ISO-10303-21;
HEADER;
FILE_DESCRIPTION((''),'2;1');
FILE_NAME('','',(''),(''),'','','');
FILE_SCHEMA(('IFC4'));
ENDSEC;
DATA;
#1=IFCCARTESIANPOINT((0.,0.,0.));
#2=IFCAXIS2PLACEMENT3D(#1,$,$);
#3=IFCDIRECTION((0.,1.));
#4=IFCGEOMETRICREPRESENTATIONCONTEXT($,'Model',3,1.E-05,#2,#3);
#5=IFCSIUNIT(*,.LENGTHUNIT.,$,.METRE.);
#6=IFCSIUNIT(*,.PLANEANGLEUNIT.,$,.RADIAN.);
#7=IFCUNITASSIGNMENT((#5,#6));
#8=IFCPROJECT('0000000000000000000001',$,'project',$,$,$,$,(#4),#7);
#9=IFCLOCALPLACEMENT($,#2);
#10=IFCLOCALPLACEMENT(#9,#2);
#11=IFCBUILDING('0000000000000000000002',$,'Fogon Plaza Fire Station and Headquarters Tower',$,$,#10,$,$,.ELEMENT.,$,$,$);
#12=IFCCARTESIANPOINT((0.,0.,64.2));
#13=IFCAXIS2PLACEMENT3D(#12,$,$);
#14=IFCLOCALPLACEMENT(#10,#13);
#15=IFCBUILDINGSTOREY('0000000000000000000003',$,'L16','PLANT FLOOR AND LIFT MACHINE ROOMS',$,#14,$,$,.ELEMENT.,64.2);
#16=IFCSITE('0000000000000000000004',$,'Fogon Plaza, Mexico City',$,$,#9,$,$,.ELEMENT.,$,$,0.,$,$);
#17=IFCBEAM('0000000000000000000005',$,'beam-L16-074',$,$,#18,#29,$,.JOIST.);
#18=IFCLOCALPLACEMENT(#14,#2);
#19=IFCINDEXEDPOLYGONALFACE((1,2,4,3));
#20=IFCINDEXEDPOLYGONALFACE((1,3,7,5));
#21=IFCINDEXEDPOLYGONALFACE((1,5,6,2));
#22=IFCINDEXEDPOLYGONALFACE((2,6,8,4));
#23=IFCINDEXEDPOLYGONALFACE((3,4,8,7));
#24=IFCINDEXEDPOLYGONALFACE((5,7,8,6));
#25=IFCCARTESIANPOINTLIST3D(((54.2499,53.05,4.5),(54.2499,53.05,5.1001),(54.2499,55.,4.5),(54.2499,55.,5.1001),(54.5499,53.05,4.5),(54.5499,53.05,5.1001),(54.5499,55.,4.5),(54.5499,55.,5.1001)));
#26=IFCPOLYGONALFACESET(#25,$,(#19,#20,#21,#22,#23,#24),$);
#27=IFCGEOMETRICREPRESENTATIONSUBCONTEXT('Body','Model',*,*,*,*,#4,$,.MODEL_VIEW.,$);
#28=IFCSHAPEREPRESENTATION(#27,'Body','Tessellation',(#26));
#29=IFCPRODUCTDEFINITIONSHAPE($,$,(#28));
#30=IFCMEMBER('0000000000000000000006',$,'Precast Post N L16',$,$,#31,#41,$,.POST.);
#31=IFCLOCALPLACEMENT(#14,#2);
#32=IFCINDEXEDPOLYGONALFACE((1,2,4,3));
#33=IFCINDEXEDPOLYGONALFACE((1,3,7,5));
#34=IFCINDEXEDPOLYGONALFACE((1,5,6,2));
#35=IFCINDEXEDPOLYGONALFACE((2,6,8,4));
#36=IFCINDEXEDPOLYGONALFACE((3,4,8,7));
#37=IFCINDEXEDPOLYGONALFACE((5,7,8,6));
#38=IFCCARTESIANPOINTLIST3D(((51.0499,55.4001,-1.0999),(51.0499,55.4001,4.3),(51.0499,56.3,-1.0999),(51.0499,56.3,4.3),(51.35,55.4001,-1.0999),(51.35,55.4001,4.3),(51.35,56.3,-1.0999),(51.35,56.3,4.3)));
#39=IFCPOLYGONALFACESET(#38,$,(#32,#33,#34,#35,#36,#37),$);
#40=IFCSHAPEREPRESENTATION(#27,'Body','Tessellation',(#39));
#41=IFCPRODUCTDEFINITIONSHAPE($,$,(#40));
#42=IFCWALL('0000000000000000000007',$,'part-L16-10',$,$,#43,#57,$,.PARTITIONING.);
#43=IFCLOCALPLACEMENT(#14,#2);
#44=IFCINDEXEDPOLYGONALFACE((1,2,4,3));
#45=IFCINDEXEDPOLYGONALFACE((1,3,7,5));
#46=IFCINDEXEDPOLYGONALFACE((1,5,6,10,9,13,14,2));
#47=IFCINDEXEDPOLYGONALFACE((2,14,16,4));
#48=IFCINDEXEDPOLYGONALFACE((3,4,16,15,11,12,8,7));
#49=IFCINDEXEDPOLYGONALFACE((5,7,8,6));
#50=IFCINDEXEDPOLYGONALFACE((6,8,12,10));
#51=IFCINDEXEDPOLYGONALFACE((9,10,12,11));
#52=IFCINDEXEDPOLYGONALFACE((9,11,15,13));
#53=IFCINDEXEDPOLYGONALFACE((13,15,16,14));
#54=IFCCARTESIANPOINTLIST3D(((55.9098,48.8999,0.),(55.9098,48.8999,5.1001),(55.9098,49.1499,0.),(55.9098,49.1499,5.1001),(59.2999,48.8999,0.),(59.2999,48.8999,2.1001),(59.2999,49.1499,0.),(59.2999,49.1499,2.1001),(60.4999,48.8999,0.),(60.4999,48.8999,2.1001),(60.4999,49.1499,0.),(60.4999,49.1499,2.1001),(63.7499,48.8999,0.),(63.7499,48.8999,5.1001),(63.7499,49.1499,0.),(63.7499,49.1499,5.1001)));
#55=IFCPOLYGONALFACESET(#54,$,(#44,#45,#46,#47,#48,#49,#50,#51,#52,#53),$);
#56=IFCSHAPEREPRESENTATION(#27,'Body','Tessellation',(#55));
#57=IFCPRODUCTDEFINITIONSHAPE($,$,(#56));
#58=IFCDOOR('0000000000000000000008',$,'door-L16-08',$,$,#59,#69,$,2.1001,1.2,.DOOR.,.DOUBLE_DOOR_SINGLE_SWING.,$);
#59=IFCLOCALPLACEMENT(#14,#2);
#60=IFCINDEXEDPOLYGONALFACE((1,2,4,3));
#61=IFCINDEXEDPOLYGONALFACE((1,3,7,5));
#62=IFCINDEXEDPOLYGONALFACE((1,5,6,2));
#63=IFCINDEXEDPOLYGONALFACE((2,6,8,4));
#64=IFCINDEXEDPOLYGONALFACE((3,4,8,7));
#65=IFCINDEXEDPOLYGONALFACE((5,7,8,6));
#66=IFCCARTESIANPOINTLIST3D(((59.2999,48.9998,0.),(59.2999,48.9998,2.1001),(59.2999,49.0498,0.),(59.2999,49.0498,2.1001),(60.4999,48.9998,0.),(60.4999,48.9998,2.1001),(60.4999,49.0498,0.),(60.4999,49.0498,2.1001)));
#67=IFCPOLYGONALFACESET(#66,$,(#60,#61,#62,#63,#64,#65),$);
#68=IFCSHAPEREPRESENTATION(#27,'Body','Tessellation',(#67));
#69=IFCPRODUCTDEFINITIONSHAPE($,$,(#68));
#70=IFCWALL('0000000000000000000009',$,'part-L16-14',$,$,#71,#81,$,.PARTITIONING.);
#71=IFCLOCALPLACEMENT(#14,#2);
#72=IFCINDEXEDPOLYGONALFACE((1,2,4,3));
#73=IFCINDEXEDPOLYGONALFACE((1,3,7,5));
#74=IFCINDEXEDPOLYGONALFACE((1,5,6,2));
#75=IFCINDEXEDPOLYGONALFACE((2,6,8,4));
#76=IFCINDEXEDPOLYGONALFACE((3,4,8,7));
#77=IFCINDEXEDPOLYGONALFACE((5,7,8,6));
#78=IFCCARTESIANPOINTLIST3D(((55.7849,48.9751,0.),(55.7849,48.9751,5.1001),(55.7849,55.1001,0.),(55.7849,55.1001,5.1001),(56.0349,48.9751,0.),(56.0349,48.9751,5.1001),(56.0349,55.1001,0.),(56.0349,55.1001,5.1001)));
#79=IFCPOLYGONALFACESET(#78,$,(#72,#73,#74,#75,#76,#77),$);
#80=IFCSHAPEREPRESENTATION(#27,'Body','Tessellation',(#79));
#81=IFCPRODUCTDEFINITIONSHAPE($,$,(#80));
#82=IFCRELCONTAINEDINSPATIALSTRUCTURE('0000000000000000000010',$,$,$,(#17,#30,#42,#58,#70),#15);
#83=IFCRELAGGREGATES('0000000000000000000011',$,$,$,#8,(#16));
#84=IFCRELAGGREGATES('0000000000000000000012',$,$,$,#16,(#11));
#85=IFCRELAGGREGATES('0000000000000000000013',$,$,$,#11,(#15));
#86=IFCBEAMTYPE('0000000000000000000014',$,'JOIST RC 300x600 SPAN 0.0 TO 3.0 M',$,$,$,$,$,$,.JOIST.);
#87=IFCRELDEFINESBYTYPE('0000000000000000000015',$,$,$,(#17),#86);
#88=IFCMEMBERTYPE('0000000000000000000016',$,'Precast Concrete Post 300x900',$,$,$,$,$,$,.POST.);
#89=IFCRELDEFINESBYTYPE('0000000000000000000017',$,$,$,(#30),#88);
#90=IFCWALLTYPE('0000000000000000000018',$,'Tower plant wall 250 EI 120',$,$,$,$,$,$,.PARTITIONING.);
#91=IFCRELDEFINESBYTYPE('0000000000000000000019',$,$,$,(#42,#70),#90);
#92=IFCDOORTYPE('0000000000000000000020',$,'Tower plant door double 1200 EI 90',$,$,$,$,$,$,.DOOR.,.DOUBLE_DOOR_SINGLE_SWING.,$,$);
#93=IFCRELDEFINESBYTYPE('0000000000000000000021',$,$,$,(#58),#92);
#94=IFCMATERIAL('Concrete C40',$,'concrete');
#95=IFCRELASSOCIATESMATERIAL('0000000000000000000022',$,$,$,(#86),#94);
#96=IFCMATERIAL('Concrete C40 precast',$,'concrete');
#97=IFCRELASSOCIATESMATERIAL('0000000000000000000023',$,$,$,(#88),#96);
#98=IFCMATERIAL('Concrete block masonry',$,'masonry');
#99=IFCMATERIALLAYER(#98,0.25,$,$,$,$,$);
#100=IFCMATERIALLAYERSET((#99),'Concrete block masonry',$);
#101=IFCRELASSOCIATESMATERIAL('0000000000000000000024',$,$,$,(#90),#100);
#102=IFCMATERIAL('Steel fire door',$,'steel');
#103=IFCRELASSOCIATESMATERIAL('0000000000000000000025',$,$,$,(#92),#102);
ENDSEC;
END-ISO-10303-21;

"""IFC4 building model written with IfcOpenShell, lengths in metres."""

from ifc_helpers import new_model, si_unit, direction, frame, frame_2d, origin, origin_2d, place, context, subcontext, project, spatial, rectangle, extrude, material, layer, layer_set, material_profile, profile_set, type_object, element, fill, save


model = new_model("IFC4")

# Units and contexts
model_context = context("Model", 3, precision=1e-05, world=origin(), true_north=direction((0.0, 1.0)))
body_context = subcontext(model_context, "Body", "Model", "MODEL_VIEW")
ifc_project = project(units=[si_unit("LENGTHUNIT", "METRE"), si_unit("PLANEANGLEUNIT", "RADIAN")], contexts=[model_context])

# Site, building, storey
site_placement = place(None, origin())
site = spatial("IfcSite", under=ifc_project, at=site_placement, Name="Fogon Plaza, Mexico City", CompositionType="ELEMENT", RefElevation=0.0)
building_placement = place(site_placement, origin())
building = spatial("IfcBuilding", under=site, at=building_placement, Name="Fogon Plaza Fire Station and Headquarters Tower", CompositionType="ELEMENT")
storey_placement = place(building_placement, frame((0.0, 0.0, 64.2)))
storey = spatial("IfcBuildingStorey", under=building, at=storey_placement, Name="L16", Description="PLANT FLOOR AND LIFT MACHINE ROOMS", CompositionType="ELEMENT", Elevation=64.2)

# Beam
ifc_material_1 = material(Name="Concrete C40", Category="concrete")
ifc_material_profile_1 = material_profile(ifc_material_1, rectangle(XDim=0.3, YDim=0.6001, at=origin_2d()), Name="RC 300x600")
ifc_profile_set_1 = profile_set([ifc_material_profile_1], Name="Concrete C40")
beam_type_1 = type_object("IfcBeamType", Name="JOIST RC 300x600 SPAN 0.0 TO 3.0 M", PredefinedType="JOIST", material=ifc_profile_set_1)
beam_1_placement = place(storey_placement, frame((54.3999, 53.05, 4.8), z_axis=(0.0, 1.0, 0.0), x_axis=(-1.0, 0.0, 0.0)))
element("IfcBeam", 1, at=beam_1_placement, inside=storey, type_object=beam_type_1, Name="beam-L16-074", PredefinedType="JOIST", context=body_context, shape_type="SweptSolid", body=[
    extrude(rectangle(XDim=0.3, YDim=0.6001, at=origin_2d()), origin(), (0.0, 0.0, 1.0), 1.95),
])

# Member
ifc_material_2 = material(Name="Concrete C40 precast", Category="concrete")
ifc_material_profile_2 = material_profile(ifc_material_2, rectangle(XDim=0.3, YDim=0.8999, at=origin_2d()), Name="Precast Concrete Post 300x900")
ifc_profile_set_2 = profile_set([ifc_material_profile_2], Name="Concrete C40 precast")
member_type = type_object("IfcMemberType", Name="Precast Concrete Post 300x900", PredefinedType="POST", material=ifc_profile_set_2)
member_placement = place(storey_placement, frame((51.2, 55.8501, -1.0999), z_axis=(0.0, 0.0, 1.0), x_axis=(1.0, 0.0, 0.0)))
element("IfcMember", 2, at=member_placement, inside=storey, type_object=member_type, Name="Precast Post N L16", PredefinedType="POST", context=body_context, shape_type="SweptSolid", body=[
    extrude(rectangle(XDim=0.3, YDim=0.8999, at=origin_2d()), origin(), (0.0, 0.0, 1.0), 5.3999),
])

# Wall, opening, door
ifc_material_3 = material(Name="Concrete block masonry", Category="masonry")
ifc_layer_1 = layer(ifc_material_3, 0.25)
ifc_layer_set_1 = layer_set([ifc_layer_1], Name="Concrete block masonry")
wall_type = type_object("IfcWallType", Name="Tower plant wall 250 EI 120", PredefinedType="PARTITIONING", material=ifc_layer_set_1)
wall_1_placement = place(storey_placement, frame((55.9099, 49.0249, 0.0), z_axis=(0.0, 0.0, 1.0), x_axis=(1.0, 0.0, 0.0)))
wall_1 = element("IfcWall", 3, at=wall_1_placement, inside=storey, type_object=wall_type, Name="part-L16-10", PredefinedType="PARTITIONING", context=body_context, shape_type="SweptSolid", body=[
    extrude(rectangle(XDim=7.8401, YDim=0.25, at=frame_2d((3.9199, 0.0))), origin(), (0.0, 0.0, 1.0), 5.1001),
])
opening_placement = place(wall_1_placement, frame((3.3899, 0.0, 0.0)))
opening = element("IfcOpeningElement", 4, at=opening_placement, cuts=wall_1, PredefinedType="OPENING", context=body_context, shape_type="SweptSolid", body=[
    extrude(rectangle(XDim=1.2, YDim=2.1001, at=frame_2d((0.6001, 1.05))), frame((0.0, 0.135, 0.0), z_axis=(0.0, -1.0, 0.0), x_axis=(1.0, 0.0, 0.0)), (0.0, 0.0, 1.0), 0.27),
])
ifc_material_4 = material(Name="Steel fire door", Category="steel")
door_type = type_object("IfcDoorType", Name="Tower plant door double 1200 EI 90", OperationType="DOUBLE_DOOR_SINGLE_SWING", PredefinedType="DOOR", material=ifc_material_4)
door_placement = place(opening_placement, origin())
door = element("IfcDoor", 5, at=door_placement, inside=storey, type_object=door_type, Name="door-L16-08", OperationType="DOUBLE_DOOR_SINGLE_SWING", OverallHeight=2.1001, OverallWidth=1.2, PredefinedType="DOOR", context=body_context, shape_type="SweptSolid", body=[
    extrude(rectangle(XDim=1.2, YDim=2.1001, at=frame_2d((0.6001, 1.05))), frame((0.0, 0.0249, 0.0), z_axis=(0.0, -1.0, 0.0), x_axis=(1.0, 0.0, 0.0)), (0.0, 0.0, 1.0), 0.05),
])
fill(opening, door)

# Wall
wall_2_placement = place(storey_placement, frame((55.9099, 48.9751, 0.0), z_axis=(0.0, 0.0, 1.0), x_axis=(0.0, 1.0, 0.0)))
element("IfcWall", 6, at=wall_2_placement, inside=storey, type_object=wall_type, Name="part-L16-14", PredefinedType="PARTITIONING", context=body_context, shape_type="SweptSolid", body=[
    extrude(rectangle(XDim=6.125, YDim=0.25, at=frame_2d((3.0625, 0.0))), origin(), (0.0, 0.0, 1.0), 5.1001),
])

save(model, "model.ifc")
